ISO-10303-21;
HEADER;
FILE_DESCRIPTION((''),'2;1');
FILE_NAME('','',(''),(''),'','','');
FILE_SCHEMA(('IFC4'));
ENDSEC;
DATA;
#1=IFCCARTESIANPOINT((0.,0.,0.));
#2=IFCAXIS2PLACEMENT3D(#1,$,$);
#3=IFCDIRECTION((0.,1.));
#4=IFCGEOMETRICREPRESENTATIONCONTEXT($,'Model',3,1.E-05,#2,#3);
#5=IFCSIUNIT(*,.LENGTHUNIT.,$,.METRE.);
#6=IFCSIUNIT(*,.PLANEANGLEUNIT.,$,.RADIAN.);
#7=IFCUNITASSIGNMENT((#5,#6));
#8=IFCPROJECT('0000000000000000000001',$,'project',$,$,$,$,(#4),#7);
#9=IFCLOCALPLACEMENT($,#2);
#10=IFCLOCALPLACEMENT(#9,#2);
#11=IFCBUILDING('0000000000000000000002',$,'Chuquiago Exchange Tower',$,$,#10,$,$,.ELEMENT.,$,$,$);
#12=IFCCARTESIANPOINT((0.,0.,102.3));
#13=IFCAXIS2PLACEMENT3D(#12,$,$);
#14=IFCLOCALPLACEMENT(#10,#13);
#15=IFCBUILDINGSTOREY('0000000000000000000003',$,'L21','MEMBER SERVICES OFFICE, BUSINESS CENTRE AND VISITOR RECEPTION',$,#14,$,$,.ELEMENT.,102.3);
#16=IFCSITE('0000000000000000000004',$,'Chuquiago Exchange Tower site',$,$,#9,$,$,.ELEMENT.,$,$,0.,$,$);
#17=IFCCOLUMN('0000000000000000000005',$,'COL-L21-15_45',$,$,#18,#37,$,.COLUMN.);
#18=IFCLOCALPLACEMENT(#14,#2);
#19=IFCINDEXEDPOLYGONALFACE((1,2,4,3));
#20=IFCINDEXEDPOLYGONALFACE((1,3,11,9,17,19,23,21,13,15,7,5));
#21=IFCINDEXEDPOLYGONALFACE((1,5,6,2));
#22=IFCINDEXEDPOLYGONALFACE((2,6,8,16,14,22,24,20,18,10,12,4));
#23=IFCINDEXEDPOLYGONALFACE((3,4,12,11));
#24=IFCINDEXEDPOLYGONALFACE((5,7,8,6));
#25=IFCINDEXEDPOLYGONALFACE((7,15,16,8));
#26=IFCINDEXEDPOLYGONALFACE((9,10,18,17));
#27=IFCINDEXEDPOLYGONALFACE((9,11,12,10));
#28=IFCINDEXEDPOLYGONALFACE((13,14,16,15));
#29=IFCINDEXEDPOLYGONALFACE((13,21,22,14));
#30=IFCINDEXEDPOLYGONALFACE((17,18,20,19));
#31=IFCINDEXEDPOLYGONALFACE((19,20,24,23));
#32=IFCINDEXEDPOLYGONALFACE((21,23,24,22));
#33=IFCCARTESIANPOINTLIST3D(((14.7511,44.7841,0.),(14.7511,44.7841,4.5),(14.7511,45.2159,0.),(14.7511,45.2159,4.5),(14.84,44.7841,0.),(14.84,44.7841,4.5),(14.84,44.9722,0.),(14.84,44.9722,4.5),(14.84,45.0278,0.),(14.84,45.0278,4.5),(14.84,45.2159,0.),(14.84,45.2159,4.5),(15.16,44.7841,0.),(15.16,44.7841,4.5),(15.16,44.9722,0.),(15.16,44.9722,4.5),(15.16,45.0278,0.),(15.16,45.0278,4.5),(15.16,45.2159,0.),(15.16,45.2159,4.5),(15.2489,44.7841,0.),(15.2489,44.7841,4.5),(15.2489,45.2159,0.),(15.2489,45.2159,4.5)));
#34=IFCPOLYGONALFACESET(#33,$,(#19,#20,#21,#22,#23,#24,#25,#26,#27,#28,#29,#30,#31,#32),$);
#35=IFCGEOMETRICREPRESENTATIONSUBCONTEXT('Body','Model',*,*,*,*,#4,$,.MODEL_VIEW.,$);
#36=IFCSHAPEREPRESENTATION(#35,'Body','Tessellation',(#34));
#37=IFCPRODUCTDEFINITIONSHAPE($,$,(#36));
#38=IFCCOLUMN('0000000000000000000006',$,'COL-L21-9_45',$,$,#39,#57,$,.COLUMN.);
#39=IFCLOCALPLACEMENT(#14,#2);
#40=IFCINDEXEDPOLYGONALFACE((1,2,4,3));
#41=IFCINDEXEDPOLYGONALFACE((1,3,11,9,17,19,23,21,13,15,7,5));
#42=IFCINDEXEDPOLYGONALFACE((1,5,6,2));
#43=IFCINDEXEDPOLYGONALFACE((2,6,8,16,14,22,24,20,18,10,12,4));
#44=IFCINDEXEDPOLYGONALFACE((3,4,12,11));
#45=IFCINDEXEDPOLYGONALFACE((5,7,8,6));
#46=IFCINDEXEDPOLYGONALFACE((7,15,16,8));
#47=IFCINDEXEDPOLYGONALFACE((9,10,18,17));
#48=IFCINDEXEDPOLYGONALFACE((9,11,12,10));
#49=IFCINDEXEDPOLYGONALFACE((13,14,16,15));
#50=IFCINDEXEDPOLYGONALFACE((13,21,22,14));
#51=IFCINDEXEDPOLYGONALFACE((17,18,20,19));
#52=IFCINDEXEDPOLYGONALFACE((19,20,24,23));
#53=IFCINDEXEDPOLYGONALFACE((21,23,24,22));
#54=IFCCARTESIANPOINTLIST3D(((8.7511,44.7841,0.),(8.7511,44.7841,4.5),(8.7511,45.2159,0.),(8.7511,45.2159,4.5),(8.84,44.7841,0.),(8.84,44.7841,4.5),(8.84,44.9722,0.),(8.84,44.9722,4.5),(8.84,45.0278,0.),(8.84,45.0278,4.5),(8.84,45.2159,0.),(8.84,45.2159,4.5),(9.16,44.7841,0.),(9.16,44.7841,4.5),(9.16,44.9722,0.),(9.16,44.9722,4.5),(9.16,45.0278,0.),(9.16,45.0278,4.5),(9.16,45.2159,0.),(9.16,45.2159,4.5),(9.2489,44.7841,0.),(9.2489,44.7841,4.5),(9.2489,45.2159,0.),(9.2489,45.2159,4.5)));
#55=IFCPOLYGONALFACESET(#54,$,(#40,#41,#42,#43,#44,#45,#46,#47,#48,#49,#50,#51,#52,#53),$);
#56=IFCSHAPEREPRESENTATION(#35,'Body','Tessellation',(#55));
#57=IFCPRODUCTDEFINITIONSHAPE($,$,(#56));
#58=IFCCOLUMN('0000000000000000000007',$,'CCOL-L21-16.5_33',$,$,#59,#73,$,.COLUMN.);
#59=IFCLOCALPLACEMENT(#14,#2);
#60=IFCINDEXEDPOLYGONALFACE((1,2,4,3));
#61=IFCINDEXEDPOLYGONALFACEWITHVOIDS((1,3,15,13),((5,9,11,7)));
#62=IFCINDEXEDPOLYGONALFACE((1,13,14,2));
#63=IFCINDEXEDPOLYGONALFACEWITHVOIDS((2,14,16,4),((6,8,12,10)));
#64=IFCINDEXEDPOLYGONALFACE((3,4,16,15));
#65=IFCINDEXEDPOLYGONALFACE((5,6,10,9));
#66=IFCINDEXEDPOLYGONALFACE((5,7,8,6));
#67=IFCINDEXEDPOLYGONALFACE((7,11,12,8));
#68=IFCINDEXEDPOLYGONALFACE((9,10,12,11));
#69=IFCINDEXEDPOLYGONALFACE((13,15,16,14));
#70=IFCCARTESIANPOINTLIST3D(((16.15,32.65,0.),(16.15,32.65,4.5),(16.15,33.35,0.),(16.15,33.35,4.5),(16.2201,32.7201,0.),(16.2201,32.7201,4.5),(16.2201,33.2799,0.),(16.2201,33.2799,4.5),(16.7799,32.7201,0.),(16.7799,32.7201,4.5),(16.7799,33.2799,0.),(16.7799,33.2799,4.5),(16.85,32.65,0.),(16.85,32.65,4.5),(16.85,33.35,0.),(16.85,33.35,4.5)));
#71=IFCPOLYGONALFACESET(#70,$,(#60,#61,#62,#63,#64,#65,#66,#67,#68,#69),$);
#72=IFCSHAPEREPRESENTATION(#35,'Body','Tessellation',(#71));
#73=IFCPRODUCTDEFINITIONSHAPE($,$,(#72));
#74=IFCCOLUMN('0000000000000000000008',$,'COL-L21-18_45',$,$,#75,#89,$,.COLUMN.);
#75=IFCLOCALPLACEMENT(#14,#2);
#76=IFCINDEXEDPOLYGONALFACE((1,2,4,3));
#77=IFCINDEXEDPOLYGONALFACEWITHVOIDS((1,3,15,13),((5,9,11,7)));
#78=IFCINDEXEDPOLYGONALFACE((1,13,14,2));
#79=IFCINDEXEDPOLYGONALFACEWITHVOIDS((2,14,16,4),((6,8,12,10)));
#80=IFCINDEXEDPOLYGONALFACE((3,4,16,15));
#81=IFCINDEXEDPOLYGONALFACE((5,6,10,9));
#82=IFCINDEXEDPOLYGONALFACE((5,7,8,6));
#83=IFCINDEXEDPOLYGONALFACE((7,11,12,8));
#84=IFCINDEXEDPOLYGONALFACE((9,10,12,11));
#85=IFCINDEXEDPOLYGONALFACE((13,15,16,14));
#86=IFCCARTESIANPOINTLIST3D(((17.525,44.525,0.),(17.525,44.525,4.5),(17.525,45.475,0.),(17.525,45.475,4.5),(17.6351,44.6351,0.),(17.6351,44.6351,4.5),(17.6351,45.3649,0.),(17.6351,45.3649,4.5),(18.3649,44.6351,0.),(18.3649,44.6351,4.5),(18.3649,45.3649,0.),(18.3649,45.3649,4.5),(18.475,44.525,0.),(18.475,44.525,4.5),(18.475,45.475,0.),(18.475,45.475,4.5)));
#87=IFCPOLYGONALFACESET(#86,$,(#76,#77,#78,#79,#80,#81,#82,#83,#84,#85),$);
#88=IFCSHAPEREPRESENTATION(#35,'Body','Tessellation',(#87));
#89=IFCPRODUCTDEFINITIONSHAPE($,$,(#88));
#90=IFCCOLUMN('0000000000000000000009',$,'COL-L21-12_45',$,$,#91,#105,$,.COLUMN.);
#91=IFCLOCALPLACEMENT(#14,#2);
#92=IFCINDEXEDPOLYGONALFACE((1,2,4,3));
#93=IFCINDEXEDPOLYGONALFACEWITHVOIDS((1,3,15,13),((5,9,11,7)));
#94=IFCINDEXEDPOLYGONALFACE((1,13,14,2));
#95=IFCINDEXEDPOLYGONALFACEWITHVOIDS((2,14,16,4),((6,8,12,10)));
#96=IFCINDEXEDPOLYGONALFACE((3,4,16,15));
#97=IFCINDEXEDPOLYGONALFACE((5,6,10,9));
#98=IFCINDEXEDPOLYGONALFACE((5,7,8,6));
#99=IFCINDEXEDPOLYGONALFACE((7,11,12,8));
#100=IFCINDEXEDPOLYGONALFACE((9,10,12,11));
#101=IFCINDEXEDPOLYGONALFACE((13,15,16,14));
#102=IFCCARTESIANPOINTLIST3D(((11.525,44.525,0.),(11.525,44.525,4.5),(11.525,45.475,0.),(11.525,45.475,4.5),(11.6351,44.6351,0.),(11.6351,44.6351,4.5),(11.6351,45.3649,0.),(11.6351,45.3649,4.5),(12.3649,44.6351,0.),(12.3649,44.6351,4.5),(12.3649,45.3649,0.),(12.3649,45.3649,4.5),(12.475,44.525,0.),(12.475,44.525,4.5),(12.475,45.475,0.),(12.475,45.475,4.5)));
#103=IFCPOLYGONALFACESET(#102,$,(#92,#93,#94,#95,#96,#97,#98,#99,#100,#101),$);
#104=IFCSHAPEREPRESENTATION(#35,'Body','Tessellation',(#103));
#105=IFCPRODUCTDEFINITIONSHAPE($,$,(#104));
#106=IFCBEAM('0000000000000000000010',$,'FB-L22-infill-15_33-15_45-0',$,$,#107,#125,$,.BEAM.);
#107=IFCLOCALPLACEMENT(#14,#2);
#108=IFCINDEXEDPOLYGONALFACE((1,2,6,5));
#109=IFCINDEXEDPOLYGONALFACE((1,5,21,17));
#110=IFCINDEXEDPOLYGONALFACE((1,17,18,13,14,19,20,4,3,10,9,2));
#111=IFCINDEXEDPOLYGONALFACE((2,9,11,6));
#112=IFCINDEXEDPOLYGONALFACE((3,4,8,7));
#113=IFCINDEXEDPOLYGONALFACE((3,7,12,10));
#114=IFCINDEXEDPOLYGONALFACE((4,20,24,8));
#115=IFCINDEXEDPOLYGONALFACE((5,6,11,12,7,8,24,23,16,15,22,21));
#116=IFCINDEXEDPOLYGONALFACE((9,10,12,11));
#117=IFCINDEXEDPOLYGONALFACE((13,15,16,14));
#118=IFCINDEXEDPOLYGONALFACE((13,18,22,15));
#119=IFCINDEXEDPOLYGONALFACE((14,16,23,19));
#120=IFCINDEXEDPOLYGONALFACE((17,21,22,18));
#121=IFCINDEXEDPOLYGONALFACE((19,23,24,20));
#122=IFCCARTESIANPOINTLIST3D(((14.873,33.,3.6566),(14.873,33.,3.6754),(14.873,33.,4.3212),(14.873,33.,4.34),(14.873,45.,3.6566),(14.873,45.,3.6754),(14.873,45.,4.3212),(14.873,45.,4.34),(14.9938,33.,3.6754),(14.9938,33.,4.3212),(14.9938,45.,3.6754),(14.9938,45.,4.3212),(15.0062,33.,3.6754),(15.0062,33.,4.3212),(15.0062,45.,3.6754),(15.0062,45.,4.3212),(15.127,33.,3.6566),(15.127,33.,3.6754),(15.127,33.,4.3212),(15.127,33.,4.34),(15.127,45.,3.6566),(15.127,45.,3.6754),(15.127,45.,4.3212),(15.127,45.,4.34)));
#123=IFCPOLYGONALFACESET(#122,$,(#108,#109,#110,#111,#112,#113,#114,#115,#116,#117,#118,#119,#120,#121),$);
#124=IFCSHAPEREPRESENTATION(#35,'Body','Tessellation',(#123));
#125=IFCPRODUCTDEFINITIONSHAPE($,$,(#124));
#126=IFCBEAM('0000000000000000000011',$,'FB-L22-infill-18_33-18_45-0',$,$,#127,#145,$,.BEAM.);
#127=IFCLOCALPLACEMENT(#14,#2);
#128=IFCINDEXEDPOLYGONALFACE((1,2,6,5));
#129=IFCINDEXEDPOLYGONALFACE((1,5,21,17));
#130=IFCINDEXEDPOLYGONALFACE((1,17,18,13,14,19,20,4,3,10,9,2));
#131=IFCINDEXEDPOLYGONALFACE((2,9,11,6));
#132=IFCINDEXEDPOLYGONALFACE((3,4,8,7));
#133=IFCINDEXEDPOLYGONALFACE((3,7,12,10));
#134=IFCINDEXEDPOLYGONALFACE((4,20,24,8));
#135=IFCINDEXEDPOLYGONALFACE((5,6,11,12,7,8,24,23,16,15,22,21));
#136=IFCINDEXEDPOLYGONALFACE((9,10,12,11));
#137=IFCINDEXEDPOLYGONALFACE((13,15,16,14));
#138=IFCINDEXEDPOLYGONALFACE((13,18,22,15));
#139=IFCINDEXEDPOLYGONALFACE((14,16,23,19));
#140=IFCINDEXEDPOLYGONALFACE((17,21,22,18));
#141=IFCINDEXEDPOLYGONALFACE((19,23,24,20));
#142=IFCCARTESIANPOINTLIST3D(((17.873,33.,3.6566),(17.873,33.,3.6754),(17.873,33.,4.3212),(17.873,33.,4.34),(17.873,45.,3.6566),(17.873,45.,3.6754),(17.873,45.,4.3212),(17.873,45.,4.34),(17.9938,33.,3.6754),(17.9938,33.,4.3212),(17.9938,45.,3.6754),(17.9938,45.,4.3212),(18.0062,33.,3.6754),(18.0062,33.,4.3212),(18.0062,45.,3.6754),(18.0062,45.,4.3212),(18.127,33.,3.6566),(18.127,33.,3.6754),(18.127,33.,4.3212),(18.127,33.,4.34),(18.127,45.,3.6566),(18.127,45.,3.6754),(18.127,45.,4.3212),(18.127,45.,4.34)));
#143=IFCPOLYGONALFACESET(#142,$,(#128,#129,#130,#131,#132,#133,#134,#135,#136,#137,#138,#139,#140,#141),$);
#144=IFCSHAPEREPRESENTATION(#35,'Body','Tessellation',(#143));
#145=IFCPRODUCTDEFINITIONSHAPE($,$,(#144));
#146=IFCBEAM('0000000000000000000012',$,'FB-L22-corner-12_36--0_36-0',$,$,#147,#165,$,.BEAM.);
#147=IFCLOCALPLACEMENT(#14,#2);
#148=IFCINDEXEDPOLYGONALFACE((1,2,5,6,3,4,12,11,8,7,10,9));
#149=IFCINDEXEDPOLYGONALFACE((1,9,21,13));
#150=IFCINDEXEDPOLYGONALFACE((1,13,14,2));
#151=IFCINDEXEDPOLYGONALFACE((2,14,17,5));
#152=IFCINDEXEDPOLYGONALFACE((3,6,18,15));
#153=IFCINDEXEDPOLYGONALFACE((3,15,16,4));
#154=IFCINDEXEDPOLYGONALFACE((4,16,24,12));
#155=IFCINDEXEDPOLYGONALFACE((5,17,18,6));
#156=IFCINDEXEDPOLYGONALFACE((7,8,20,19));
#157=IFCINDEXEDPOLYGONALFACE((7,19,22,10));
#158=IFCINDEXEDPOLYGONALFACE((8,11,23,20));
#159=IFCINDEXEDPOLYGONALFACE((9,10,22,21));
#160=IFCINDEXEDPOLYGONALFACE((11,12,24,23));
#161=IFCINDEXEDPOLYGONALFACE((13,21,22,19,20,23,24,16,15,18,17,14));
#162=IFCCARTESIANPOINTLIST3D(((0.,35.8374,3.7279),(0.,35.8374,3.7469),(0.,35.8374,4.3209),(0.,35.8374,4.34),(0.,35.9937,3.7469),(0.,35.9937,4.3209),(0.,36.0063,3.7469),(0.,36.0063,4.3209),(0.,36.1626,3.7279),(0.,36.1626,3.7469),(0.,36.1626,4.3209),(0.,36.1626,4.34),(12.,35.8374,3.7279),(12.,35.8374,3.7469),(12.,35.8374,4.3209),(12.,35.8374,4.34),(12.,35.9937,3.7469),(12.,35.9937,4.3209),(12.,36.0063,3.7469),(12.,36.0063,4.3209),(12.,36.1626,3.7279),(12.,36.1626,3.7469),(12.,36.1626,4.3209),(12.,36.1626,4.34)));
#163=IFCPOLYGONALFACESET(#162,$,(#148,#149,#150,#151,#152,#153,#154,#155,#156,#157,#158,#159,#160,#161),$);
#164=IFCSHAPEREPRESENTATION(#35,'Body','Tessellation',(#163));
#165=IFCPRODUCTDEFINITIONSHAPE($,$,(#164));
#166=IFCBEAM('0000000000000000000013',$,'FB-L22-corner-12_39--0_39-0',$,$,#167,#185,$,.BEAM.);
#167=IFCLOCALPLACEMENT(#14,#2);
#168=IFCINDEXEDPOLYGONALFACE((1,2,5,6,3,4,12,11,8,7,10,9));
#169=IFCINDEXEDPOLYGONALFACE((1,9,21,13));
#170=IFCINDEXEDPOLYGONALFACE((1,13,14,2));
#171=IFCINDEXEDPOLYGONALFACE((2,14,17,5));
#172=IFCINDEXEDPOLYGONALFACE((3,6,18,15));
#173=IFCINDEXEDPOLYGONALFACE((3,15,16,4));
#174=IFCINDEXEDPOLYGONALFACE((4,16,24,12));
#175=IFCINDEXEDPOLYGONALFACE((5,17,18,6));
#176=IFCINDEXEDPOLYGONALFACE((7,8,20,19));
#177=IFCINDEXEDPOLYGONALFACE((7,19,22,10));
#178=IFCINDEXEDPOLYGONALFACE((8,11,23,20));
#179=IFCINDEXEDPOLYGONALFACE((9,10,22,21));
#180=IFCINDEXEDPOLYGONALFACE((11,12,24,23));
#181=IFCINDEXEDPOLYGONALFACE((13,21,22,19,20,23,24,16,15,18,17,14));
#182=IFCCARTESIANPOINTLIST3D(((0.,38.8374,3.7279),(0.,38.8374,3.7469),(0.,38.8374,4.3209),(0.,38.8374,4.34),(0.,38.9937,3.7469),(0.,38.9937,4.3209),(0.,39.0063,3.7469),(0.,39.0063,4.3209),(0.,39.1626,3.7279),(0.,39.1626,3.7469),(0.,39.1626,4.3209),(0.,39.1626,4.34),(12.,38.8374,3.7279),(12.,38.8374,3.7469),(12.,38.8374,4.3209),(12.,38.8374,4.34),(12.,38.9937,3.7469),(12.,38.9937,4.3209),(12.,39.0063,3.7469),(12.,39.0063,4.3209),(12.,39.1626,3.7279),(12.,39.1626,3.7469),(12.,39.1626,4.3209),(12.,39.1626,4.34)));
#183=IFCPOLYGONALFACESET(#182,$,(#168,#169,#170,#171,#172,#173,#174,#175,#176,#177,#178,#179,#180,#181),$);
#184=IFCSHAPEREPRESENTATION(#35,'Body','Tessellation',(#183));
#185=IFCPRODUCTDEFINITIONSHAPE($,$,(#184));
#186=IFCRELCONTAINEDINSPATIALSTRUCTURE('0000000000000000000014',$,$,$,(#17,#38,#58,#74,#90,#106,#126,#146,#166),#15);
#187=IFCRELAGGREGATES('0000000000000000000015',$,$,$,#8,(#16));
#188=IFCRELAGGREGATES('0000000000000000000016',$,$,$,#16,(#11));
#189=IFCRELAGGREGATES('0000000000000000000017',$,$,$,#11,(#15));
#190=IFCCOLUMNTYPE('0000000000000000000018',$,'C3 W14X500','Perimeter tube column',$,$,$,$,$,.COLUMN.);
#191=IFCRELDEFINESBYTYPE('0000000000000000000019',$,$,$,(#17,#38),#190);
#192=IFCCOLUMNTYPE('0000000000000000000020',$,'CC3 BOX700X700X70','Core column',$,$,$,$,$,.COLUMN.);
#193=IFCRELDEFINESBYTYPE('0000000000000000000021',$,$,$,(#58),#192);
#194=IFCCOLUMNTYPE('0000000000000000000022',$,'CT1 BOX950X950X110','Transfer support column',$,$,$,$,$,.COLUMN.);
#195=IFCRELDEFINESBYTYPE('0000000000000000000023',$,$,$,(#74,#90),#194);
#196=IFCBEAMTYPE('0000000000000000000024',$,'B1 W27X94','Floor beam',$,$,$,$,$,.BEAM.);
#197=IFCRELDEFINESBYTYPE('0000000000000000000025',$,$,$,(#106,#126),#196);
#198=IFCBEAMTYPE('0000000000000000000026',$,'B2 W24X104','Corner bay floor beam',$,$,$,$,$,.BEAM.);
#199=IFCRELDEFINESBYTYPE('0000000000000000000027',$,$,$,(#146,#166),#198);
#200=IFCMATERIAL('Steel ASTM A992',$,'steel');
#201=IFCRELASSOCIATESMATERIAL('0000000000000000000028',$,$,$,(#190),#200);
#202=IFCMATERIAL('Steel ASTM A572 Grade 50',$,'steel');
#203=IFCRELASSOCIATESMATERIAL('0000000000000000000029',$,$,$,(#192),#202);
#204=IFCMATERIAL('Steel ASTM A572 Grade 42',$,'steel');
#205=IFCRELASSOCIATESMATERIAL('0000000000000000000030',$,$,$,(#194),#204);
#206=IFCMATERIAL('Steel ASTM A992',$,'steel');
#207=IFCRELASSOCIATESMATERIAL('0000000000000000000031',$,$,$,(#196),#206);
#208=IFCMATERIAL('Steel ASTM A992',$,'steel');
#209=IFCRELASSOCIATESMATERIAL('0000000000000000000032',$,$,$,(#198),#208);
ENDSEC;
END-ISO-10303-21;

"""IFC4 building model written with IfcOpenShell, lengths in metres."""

from ifc_helpers import new_model, si_unit, direction, frame, origin, origin_2d, place, context, subcontext, project, spatial, hollow_rectangle, i_section, extrude, material, material_profile, profile_set, type_object, element, save


model = new_model("IFC4")

# Units and contexts
model_context = context("Model", 3, precision=1e-05, world=origin(), true_north=direction((0.0, 1.0)))
body_context = subcontext(model_context, "Body", "Model", "MODEL_VIEW")
ifc_project = project(units=[si_unit("LENGTHUNIT", "METRE"), si_unit("PLANEANGLEUNIT", "RADIAN")], contexts=[model_context])

# Site, building, storey
site_placement = place(None, origin())
site = spatial("IfcSite", under=ifc_project, at=site_placement, Name="Chuquiago Exchange Tower site", CompositionType="ELEMENT", RefElevation=0.0)
building_placement = place(site_placement, origin())
building = spatial("IfcBuilding", under=site, at=building_placement, Name="Chuquiago Exchange Tower", CompositionType="ELEMENT")
storey_placement = place(building_placement, frame((0.0, 0.0, 102.3)))
storey = spatial("IfcBuildingStorey", under=building, at=storey_placement, Name="L21", Description="MEMBER SERVICES OFFICE, BUSINESS CENTRE AND VISITOR RECEPTION", CompositionType="ELEMENT", Elevation=102.3)

# Columns
ifc_material_1 = material(Name="Steel ASTM A992", Category="steel")
ifc_material_profile_1 = material_profile(ifc_material_1, i_section(OverallWidth=0.4319, OverallDepth=0.4978, WebThickness=0.0557, FlangeThickness=0.0889, at=origin_2d()), Name="W14X500")
ifc_profile_set_1 = profile_set([ifc_material_profile_1], Name="Steel ASTM A992")
column_type_1 = type_object("IfcColumnType", Name="C3 W14X500", Description="Perimeter tube column", PredefinedType="COLUMN", material=ifc_profile_set_1)
for number, where, z_axis, x_axis, name in (
    (1, (15.0, 45.0, 0.0), (0.0, 0.0, 1.0), (0.0, 1.0, 0.0), "COL-L21-15_45"),
    (2, (9.0, 45.0, 0.0), (0.0, 0.0, 1.0), (0.0, 1.0, 0.0), "COL-L21-9_45"),
):
    element("IfcColumn", number, at=place(storey_placement, frame(where, z_axis=z_axis, x_axis=x_axis)), inside=storey, type_object=column_type_1, Name=name, PredefinedType="COLUMN", context=body_context, shape_type="SweptSolid", body=[
        extrude(i_section(OverallWidth=0.4319, OverallDepth=0.4978, WebThickness=0.0557, FlangeThickness=0.0889, at=origin_2d()), origin(), (0.0, 0.0, 1.0), 4.5),
    ])
ifc_material_2 = material(Name="Steel ASTM A572 Grade 50", Category="steel")
ifc_material_profile_2 = material_profile(ifc_material_2, hollow_rectangle(XDim=0.7, YDim=0.7, WallThickness=0.0701, at=origin_2d()), Name="BOX700X700X70")
ifc_profile_set_2 = profile_set([ifc_material_profile_2], Name="Steel ASTM A572 Grade 50")
column_type_2 = type_object("IfcColumnType", Name="CC3 BOX700X700X70", Description="Core column", PredefinedType="COLUMN", material=ifc_profile_set_2)
column_placement = place(storey_placement, frame((16.5, 33.0, 0.0), z_axis=(0.0, 0.0, 1.0), x_axis=(1.0, 0.0, 0.0)))
element("IfcColumn", 3, at=column_placement, inside=storey, type_object=column_type_2, Name="CCOL-L21-16.5_33", PredefinedType="COLUMN", context=body_context, shape_type="SweptSolid", body=[
    extrude(hollow_rectangle(XDim=0.7, YDim=0.7, WallThickness=0.0701, at=origin_2d()), origin(), (0.0, 0.0, 1.0), 4.5),
])
ifc_material_3 = material(Name="Steel ASTM A572 Grade 42", Category="steel")
ifc_material_profile_3 = material_profile(ifc_material_3, hollow_rectangle(XDim=0.95, YDim=0.95, WallThickness=0.1101, at=origin_2d()), Name="BOX950X950X110")
ifc_profile_set_3 = profile_set([ifc_material_profile_3], Name="Steel ASTM A572 Grade 42")
column_type_3 = type_object("IfcColumnType", Name="CT1 BOX950X950X110", Description="Transfer support column", PredefinedType="COLUMN", material=ifc_profile_set_3)
for number, where, z_axis, x_axis, name in (
    (4, (18.0, 45.0, 0.0), (0.0, 0.0, 1.0), (0.0, 1.0, 0.0), "COL-L21-18_45"),
    (5, (12.0, 45.0, 0.0), (0.0, 0.0, 1.0), (0.0, 1.0, 0.0), "COL-L21-12_45"),
):
    element("IfcColumn", number, at=place(storey_placement, frame(where, z_axis=z_axis, x_axis=x_axis)), inside=storey, type_object=column_type_3, Name=name, PredefinedType="COLUMN", context=body_context, shape_type="SweptSolid", body=[
        extrude(hollow_rectangle(XDim=0.95, YDim=0.95, WallThickness=0.1101, at=origin_2d()), origin(), (0.0, 0.0, 1.0), 4.5),
    ])

# Beams
ifc_material_4 = material(Name="Steel ASTM A992", Category="steel")
ifc_material_profile_4 = material_profile(ifc_material_4, i_section(OverallWidth=0.2539, OverallDepth=0.6833, WebThickness=0.0125, FlangeThickness=0.0188, at=origin_2d()), Name="W27X94")
ifc_profile_set_4 = profile_set([ifc_material_profile_4], Name="Steel ASTM A992")
beam_type_1 = type_object("IfcBeamType", Name="B1 W27X94", Description="Floor beam", PredefinedType="BEAM", material=ifc_profile_set_4)
for number, where, z_axis, x_axis, name in (
    (6, (15.0, 33.0, 3.9983), (0.0, 1.0, 0.0), (-1.0, 0.0, 0.0), "FB-L22-infill-15_33-15_45-0"),
    (7, (18.0, 33.0, 3.9983), (0.0, 1.0, 0.0), (-1.0, 0.0, 0.0), "FB-L22-infill-18_33-18_45-0"),
):
    element("IfcBeam", number, at=place(storey_placement, frame(where, z_axis=z_axis, x_axis=x_axis)), inside=storey, type_object=beam_type_1, Name=name, PredefinedType="BEAM", context=body_context, shape_type="SweptSolid", body=[
        extrude(i_section(OverallWidth=0.2539, OverallDepth=0.6833, WebThickness=0.0125, FlangeThickness=0.0188, at=origin_2d()), origin(), (0.0, 0.0, 1.0), 12.0),
    ])
ifc_material_5 = material(Name="Steel ASTM A992", Category="steel")
ifc_material_profile_5 = material_profile(ifc_material_5, i_section(OverallWidth=0.3252, OverallDepth=0.6121, WebThickness=0.0127, FlangeThickness=0.019, at=origin_2d()), Name="W24X104")
ifc_profile_set_5 = profile_set([ifc_material_profile_5], Name="Steel ASTM A992")
beam_type_2 = type_object("IfcBeamType", Name="B2 W24X104", Description="Corner bay floor beam", PredefinedType="BEAM", material=ifc_profile_set_5)
for number, where, z_axis, x_axis, name in (
    (8, (12.0, 36.0, 4.0339), (-1.0, 0.0, 0.0), (0.0, -1.0, 0.0), "FB-L22-corner-12_36--0_36-0"),
    (9, (12.0, 39.0, 4.0339), (-1.0, 0.0, 0.0), (0.0, -1.0, 0.0), "FB-L22-corner-12_39--0_39-0"),
):
    element("IfcBeam", number, at=place(storey_placement, frame(where, z_axis=z_axis, x_axis=x_axis)), inside=storey, type_object=beam_type_2, Name=name, PredefinedType="BEAM", context=body_context, shape_type="SweptSolid", body=[
        extrude(i_section(OverallWidth=0.3252, OverallDepth=0.6121, WebThickness=0.0127, FlangeThickness=0.019, at=origin_2d()), origin(), (0.0, 0.0, 1.0), 12.0),
    ])

save(model, "model.ifc")
